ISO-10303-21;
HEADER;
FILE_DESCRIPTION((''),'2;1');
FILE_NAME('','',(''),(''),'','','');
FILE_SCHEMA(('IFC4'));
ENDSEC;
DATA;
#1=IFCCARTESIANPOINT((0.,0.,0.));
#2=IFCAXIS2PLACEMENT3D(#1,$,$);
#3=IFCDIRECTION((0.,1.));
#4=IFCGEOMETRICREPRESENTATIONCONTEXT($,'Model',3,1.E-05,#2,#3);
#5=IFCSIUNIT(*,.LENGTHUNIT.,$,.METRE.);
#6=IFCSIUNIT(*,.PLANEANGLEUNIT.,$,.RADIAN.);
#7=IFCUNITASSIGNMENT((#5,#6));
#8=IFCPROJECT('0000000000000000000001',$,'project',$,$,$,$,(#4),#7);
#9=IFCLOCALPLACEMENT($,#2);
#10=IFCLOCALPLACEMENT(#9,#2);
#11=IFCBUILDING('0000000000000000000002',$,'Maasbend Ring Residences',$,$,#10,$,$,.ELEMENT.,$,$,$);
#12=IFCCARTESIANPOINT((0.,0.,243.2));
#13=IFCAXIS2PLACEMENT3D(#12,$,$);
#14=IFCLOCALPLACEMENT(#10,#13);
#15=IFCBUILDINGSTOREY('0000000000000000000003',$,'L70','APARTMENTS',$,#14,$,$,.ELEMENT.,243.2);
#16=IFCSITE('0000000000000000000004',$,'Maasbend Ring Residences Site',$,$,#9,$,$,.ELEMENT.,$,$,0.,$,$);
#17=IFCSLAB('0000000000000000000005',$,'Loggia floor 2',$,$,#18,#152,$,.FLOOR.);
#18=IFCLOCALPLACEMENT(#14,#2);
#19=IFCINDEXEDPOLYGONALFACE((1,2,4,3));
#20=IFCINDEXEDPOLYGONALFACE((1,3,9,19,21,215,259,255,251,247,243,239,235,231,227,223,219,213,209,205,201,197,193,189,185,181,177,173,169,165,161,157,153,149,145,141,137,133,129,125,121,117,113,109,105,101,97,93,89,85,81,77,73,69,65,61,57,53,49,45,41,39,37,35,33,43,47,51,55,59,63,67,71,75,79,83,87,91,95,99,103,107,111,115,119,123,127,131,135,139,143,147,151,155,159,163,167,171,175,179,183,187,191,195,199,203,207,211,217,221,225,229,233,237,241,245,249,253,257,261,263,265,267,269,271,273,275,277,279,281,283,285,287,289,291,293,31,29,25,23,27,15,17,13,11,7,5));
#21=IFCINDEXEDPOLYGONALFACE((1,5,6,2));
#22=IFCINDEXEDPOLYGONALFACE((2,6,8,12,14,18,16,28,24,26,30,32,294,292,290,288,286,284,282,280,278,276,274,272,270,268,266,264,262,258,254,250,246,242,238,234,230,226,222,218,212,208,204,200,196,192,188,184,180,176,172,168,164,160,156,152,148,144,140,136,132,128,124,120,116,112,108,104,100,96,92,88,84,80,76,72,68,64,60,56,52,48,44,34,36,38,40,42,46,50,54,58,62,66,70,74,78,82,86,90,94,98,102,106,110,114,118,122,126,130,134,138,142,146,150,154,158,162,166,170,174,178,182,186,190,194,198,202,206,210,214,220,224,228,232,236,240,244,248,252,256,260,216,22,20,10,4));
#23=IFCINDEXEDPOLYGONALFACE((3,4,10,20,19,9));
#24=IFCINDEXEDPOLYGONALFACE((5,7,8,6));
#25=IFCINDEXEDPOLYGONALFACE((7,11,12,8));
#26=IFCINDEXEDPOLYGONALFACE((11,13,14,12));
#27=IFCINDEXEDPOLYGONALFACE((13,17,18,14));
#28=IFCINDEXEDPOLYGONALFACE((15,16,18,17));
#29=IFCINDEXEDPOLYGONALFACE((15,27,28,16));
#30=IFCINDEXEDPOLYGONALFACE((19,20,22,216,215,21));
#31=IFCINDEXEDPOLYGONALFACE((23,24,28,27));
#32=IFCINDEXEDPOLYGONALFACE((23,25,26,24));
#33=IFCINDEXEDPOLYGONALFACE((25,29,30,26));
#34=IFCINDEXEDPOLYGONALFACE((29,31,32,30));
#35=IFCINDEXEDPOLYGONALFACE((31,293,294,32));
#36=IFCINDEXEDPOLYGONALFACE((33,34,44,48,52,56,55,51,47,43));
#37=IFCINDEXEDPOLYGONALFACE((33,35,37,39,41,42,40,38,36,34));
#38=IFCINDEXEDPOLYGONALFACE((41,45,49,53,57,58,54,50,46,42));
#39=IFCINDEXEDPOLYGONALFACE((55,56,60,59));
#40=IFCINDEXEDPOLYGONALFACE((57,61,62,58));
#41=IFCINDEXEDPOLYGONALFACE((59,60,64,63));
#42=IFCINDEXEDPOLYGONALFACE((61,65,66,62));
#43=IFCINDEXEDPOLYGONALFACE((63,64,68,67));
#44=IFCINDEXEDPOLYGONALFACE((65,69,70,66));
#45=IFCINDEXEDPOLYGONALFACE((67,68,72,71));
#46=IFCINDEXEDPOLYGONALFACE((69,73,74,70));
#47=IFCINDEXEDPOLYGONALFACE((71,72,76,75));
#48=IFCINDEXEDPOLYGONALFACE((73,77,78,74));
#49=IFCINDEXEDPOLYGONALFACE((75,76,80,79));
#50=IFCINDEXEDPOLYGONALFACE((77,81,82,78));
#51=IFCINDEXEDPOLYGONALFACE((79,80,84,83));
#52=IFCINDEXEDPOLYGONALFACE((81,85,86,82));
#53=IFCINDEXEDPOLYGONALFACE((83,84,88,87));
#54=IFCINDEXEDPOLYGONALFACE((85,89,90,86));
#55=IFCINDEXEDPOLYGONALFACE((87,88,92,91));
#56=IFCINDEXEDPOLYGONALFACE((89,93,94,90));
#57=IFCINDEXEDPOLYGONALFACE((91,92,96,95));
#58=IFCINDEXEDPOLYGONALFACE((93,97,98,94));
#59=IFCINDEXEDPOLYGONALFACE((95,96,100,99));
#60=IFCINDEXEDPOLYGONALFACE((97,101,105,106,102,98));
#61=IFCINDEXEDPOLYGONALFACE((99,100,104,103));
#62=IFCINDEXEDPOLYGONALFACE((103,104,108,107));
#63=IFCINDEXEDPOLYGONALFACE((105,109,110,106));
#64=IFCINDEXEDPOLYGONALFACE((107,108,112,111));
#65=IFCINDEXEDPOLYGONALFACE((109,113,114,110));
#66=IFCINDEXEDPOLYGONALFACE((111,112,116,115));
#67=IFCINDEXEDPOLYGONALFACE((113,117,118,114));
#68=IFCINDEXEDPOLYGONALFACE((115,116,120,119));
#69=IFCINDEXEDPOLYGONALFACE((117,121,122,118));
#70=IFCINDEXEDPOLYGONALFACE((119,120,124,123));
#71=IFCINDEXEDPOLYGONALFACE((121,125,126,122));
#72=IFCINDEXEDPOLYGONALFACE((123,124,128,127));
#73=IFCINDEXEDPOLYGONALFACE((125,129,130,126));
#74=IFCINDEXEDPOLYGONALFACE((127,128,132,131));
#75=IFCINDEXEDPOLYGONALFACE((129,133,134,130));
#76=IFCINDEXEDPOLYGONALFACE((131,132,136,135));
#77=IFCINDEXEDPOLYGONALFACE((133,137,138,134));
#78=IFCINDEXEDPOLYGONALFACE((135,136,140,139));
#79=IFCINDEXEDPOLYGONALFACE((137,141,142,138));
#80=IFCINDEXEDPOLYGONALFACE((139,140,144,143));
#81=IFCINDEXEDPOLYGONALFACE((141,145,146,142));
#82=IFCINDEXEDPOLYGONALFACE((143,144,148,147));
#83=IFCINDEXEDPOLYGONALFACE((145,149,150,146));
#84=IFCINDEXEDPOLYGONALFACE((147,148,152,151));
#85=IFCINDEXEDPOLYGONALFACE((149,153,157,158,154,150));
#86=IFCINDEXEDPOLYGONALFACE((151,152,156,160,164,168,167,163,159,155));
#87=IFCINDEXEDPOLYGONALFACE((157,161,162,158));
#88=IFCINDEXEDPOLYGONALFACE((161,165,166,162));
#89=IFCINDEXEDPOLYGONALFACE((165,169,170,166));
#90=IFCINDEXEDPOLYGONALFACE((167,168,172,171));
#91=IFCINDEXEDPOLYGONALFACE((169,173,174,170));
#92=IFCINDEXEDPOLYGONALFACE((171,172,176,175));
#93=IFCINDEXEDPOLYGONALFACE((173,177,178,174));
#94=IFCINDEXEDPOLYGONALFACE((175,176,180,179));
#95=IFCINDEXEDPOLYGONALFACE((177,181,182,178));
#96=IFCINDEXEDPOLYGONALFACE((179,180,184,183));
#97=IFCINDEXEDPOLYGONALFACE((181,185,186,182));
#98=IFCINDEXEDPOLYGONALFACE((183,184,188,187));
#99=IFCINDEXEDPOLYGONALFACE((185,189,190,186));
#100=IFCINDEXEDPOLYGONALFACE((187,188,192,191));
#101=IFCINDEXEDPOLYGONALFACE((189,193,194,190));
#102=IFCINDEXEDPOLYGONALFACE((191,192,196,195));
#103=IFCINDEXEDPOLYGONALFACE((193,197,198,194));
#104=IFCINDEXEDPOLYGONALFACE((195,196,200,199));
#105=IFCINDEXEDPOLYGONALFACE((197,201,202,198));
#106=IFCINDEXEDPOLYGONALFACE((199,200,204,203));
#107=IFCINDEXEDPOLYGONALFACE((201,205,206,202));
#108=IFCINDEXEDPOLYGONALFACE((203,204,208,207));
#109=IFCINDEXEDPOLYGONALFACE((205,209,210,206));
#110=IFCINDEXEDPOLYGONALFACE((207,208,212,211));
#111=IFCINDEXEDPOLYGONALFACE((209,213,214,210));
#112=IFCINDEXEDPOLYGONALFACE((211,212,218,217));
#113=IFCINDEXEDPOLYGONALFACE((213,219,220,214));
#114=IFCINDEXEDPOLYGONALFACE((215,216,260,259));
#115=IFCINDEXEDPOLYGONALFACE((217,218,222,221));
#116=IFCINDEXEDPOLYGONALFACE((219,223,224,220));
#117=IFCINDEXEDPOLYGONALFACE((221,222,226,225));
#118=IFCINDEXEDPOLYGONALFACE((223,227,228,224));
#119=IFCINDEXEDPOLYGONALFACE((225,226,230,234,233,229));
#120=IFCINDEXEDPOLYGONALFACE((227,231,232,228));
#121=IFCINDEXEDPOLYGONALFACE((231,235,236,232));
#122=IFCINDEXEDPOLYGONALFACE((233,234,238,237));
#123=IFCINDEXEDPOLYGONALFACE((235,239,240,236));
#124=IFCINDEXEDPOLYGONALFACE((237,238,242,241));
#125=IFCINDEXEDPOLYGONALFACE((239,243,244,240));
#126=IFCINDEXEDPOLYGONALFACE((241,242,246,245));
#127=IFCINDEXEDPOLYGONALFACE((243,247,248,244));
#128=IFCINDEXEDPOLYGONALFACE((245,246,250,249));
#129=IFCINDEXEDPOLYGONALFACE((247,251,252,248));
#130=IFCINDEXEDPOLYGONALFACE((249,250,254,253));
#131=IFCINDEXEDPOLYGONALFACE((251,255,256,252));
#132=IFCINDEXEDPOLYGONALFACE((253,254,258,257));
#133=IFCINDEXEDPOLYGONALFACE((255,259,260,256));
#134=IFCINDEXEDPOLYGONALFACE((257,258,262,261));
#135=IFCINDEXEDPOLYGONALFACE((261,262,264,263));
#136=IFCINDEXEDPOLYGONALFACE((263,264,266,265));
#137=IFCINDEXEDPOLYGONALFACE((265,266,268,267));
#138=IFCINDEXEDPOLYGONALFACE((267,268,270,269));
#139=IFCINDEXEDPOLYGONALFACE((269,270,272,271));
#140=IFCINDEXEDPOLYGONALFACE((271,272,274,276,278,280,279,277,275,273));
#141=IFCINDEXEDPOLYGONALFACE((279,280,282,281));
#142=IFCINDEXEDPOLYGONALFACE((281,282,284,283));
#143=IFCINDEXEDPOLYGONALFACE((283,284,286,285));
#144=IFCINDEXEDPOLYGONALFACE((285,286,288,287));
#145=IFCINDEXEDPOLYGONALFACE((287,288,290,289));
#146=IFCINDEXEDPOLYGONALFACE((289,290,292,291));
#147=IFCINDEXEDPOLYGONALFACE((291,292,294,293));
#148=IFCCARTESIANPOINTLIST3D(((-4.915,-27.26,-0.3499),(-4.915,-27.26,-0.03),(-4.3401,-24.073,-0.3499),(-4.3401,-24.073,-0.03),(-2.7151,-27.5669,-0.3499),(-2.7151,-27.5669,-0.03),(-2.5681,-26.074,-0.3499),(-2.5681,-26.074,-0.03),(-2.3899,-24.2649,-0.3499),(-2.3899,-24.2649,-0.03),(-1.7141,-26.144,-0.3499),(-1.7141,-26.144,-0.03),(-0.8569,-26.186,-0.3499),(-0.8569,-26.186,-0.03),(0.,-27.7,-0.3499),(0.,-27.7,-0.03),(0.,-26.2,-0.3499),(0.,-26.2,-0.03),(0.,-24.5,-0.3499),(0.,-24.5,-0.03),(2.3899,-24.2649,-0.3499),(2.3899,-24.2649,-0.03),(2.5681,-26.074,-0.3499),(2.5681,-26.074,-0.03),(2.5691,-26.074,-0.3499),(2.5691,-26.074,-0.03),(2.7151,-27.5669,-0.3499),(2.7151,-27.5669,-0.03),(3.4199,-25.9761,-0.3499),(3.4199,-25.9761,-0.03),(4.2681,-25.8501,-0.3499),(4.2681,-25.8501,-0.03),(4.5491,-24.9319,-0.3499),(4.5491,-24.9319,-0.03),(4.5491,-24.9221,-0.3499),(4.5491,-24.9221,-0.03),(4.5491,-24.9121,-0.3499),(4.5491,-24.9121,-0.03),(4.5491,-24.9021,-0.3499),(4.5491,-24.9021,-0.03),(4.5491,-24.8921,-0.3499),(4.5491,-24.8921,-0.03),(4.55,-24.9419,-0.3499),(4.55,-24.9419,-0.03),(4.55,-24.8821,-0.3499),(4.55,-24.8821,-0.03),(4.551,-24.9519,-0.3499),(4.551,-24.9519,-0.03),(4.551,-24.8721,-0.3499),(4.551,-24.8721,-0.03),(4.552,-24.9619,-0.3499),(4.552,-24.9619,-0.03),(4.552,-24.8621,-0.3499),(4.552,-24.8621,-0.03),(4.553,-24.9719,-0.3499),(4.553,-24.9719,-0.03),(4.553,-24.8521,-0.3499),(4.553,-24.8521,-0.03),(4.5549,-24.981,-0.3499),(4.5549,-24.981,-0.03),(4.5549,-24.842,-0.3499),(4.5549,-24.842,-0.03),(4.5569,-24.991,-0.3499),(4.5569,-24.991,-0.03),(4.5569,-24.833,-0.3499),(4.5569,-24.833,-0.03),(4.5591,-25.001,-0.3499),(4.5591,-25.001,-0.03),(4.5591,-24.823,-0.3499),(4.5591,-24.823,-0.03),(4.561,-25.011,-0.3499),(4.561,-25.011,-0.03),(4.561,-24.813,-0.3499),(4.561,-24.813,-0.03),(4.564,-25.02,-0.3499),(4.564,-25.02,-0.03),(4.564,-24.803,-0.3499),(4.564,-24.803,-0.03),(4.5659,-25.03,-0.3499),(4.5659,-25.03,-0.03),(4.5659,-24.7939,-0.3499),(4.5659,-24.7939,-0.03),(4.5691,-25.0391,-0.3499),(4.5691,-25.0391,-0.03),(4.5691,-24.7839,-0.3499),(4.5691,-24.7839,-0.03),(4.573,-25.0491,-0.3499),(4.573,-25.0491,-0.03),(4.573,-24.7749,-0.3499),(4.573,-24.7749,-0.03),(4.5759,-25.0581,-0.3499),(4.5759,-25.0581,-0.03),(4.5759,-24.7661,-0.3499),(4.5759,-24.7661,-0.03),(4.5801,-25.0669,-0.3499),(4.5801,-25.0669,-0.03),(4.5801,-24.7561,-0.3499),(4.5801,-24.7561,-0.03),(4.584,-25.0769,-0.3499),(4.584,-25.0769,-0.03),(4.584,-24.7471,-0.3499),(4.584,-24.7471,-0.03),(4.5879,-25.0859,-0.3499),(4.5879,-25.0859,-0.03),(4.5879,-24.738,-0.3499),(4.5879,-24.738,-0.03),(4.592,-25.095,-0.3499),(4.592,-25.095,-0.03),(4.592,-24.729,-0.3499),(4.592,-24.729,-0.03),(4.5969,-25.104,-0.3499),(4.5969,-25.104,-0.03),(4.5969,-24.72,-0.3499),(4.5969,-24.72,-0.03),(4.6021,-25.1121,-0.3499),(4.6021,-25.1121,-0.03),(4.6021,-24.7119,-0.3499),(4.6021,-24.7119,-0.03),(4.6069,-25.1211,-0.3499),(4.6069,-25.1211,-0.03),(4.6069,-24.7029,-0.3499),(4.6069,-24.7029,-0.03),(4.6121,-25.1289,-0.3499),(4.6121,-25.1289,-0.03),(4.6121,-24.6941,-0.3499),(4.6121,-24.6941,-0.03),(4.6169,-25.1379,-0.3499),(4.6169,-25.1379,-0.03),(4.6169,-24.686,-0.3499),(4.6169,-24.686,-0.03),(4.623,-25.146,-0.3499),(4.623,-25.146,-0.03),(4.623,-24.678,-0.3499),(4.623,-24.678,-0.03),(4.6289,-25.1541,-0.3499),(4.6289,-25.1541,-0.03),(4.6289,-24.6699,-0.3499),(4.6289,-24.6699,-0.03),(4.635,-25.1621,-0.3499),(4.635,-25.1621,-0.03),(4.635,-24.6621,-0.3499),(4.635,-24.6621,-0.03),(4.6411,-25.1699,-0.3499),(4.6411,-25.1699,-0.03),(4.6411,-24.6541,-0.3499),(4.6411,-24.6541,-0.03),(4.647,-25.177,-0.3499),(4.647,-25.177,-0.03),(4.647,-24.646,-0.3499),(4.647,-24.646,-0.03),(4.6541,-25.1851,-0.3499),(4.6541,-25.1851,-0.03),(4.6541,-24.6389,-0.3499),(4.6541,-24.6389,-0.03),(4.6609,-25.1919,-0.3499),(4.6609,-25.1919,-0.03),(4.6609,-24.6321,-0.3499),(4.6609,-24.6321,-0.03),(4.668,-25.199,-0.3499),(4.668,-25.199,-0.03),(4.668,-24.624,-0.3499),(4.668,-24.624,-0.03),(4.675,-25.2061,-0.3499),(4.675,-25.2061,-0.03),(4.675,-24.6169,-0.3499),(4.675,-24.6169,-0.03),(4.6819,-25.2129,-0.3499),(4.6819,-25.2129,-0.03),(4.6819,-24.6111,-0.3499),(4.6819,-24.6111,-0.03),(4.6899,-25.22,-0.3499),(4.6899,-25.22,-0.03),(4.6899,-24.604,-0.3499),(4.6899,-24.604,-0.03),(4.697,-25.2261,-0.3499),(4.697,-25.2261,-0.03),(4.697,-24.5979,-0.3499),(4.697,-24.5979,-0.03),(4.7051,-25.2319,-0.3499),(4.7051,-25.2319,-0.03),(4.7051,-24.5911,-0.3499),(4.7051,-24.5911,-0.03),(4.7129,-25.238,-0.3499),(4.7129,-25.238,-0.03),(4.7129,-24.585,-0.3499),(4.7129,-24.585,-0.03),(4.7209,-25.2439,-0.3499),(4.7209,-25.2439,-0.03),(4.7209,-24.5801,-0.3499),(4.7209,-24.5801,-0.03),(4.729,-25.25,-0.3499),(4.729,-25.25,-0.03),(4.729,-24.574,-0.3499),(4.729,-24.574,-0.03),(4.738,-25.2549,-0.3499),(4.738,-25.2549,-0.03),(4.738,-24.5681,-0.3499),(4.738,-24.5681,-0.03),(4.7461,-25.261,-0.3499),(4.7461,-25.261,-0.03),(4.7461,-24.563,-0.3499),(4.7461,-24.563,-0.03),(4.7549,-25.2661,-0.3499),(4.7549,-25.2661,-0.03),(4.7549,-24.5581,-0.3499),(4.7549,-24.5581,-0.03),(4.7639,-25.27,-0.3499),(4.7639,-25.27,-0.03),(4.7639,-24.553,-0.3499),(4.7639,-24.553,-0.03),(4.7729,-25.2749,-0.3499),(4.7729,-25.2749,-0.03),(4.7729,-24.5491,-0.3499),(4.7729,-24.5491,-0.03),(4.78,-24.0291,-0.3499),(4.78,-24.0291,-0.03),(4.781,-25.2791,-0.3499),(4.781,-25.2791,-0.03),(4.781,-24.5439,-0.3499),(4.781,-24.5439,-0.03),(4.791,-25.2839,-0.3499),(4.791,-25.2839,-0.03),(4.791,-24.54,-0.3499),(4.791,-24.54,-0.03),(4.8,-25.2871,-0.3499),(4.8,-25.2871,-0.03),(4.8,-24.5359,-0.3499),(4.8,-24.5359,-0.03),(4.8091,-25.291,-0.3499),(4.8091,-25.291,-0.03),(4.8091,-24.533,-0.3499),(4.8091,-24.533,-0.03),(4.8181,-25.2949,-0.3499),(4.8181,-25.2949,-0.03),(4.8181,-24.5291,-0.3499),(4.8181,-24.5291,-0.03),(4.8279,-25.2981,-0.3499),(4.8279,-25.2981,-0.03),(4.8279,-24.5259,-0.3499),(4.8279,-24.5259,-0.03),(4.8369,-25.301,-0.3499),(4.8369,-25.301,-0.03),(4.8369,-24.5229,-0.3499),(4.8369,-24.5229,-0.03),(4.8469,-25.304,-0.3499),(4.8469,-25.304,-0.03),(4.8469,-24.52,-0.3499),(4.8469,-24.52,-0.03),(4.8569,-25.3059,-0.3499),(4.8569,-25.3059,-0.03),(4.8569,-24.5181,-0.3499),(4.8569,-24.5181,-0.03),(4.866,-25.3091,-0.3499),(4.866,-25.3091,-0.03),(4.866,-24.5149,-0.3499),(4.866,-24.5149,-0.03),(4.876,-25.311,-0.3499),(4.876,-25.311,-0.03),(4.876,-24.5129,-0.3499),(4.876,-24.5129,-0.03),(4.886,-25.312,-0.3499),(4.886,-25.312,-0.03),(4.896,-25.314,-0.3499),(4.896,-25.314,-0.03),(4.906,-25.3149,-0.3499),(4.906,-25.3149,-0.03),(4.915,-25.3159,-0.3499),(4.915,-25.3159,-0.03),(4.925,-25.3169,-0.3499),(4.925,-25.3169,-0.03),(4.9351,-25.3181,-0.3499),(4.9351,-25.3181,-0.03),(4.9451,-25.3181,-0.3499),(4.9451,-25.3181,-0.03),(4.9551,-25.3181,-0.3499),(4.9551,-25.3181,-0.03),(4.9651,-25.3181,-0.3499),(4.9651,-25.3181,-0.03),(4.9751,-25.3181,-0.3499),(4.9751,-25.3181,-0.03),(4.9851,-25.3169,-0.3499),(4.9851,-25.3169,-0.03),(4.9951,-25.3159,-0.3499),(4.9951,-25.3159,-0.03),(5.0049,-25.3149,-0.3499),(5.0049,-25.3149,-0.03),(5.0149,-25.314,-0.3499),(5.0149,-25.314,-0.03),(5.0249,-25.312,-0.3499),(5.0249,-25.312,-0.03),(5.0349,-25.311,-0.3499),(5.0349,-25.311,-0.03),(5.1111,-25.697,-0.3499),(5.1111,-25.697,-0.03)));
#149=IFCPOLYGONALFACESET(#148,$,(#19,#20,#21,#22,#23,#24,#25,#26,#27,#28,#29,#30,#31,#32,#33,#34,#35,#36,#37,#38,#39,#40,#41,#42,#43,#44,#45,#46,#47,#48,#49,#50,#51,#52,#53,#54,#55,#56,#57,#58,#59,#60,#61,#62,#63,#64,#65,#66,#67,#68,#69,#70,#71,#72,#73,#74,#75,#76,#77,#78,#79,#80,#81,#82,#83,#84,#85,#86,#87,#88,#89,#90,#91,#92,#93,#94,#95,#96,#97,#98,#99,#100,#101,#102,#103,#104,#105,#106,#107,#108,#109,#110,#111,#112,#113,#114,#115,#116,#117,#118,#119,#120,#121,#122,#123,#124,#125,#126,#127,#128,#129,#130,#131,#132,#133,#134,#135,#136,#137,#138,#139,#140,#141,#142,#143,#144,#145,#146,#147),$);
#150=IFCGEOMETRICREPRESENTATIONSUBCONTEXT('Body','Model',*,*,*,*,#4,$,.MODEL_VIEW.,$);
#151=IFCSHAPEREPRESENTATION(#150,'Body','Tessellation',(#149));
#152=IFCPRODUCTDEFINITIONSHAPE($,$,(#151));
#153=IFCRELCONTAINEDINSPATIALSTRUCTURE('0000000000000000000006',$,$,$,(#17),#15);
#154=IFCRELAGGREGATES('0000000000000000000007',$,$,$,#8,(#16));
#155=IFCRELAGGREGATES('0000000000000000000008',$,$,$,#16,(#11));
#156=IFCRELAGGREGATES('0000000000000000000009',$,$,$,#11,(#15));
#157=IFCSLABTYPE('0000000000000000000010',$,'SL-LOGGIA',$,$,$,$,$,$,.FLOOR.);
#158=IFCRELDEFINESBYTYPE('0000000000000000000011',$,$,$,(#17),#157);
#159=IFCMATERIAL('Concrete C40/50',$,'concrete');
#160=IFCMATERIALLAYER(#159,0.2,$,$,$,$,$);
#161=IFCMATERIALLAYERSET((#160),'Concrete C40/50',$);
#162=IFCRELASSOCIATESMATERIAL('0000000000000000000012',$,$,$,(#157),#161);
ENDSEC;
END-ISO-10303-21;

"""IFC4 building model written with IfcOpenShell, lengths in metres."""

from ifc_helpers import new_model, si_unit, direction, frame, origin, place, context, subcontext, project, spatial, polyline, outline, extrude, material, layer, layer_set, type_object, element, save


model = new_model("IFC4")

# Units and contexts
model_context = context("Model", 3, precision=1e-05, world=origin(), true_north=direction((0.0, 1.0)))
body_context = subcontext(model_context, "Body", "Model", "MODEL_VIEW")
ifc_project = project(units=[si_unit("LENGTHUNIT", "METRE"), si_unit("PLANEANGLEUNIT", "RADIAN")], contexts=[model_context])

# Site, building, storey
site_placement = place(None, origin())
site = spatial("IfcSite", under=ifc_project, at=site_placement, Name="Maasbend Ring Residences Site", CompositionType="ELEMENT", RefElevation=0.0)
building_placement = place(site_placement, origin())
building = spatial("IfcBuilding", under=site, at=building_placement, Name="Maasbend Ring Residences", CompositionType="ELEMENT")
storey_placement = place(building_placement, frame((0.0, 0.0, 243.2)))
storey = spatial("IfcBuildingStorey", under=building, at=storey_placement, Name="L70", Description="APARTMENTS", CompositionType="ELEMENT", Elevation=243.2)

# Slab
ifc_material_1 = material(Name="Concrete C40/50", Category="concrete")
ifc_layer_1 = layer(ifc_material_1, 0.2)
ifc_layer_set_1 = layer_set([ifc_layer_1], Name="Concrete C40/50")
slab_type_1 = type_object("IfcSlabType", Name="SL-LOGGIA", PredefinedType="FLOOR", material=ifc_layer_set_1)
slab_1_placement = place(storey_placement, frame((0.0, 0.0, -0.3499)))
element("IfcSlab", 1, at=slab_1_placement, inside=storey, type_object=slab_type_1, Name="Loggia floor 2", PredefinedType="FLOOR", context=body_context, shape_type="SweptSolid", body=[
    extrude(outline(polyline([(-2.3899, -24.2649), (0.0, -24.5), (0.0, -24.5), (0.0, -24.5), (2.3899, -24.2649), (4.78, -24.0291), (4.78, -24.0291), (4.78, -24.0291), (4.876, -24.5129), (4.866, -24.5149), (4.8569, -24.5181), (4.8469, -24.52), (4.8369, -24.5229), (4.8279, -24.5259), (4.8181, -24.5291), (4.8091, -24.533), (4.8, -24.5359), (4.791, -24.54), (4.781, -24.5439), (4.7729, -24.5491), (4.7639, -24.553), (4.7549, -24.5581), (4.7461, -24.563), (4.738, -24.5681), (4.729, -24.574), (4.7209, -24.5801), (4.7129, -24.585), (4.7051, -24.5911), (4.697, -24.5979), (4.6899, -24.604), (4.6819, -24.6111), (4.675, -24.6169), (4.668, -24.624), (4.6609, -24.6321), (4.6541, -24.6389), (4.647, -24.646), (4.6411, -24.6541), (4.635, -24.6621), (4.6289, -24.6699), (4.623, -24.678), (4.6169, -24.686), (4.6121, -24.6941), (4.6069, -24.7029), (4.6021, -24.7119), (4.5969, -24.72), (4.592, -24.729), (4.5879, -24.738), (4.584, -24.7471), (4.5801, -24.7561), (4.5759, -24.7661), (4.573, -24.7749), (4.5691, -24.7839), (4.5659, -24.7939), (4.564, -24.803), (4.561, -24.813), (4.5591, -24.823), (4.5569, -24.833), (4.5549, -24.842), (4.553, -24.8521), (4.552, -24.8621), (4.551, -24.8721), (4.55, -24.8821), (4.5491, -24.8921), (4.5491, -24.9021), (4.5491, -24.9121), (4.5491, -24.9221), (4.5491, -24.9319), (4.55, -24.9419), (4.551, -24.9519), (4.552, -24.9619), (4.553, -24.9719), (4.5549, -24.981), (4.5569, -24.991), (4.5591, -25.001), (4.561, -25.011), (4.564, -25.02), (4.5659, -25.03), (4.5691, -25.0391), (4.573, -25.0491), (4.5759, -25.0581), (4.5801, -25.0669), (4.584, -25.0769), (4.5879, -25.0859), (4.592, -25.095), (4.5969, -25.104), (4.6021, -25.1121), (4.6069, -25.1211), (4.6121, -25.1289), (4.6169, -25.1379), (4.623, -25.146), (4.6289, -25.1541), (4.635, -25.1621), (4.6411, -25.1699), (4.647, -25.177), (4.6541, -25.1851), (4.6609, -25.1919), (4.668, -25.199), (4.675, -25.2061), (4.6819, -25.2129), (4.6899, -25.22), (4.697, -25.2261), (4.7051, -25.2319), (4.7129, -25.238), (4.7209, -25.2439), (4.729, -25.25), (4.738, -25.2549), (4.7461, -25.261), (4.7549, -25.2661), (4.7639, -25.27), (4.7729, -25.2749), (4.781, -25.2791), (4.791, -25.2839), (4.8, -25.2871), (4.8091, -25.291), (4.8181, -25.2949), (4.8279, -25.2981), (4.8369, -25.301), (4.8469, -25.304), (4.8569, -25.3059), (4.866, -25.3091), (4.876, -25.311), (4.886, -25.312), (4.896, -25.314), (4.906, -25.3149), (4.915, -25.3159), (4.925, -25.3169), (4.9351, -25.3181), (4.9451, -25.3181), (4.9551, -25.3181), (4.9651, -25.3181), (4.9751, -25.3181), (4.9851, -25.3169), (4.9951, -25.3159), (5.0049, -25.3149), (5.0149, -25.314), (5.0249, -25.312), (5.0349, -25.311), (5.1111, -25.697), (5.1111, -25.697), (5.1111, -25.697), (4.2681, -25.8501), (4.2681, -25.8501), (3.4199, -25.9761), (3.4199, -25.9761), (2.5691, -26.074), (2.5681, -26.074), (2.5681, -26.074), (2.5681, -26.074), (2.5681, -26.074), (2.5681, -26.074), (2.5681, -26.074), (2.5681, -26.074), (2.5681, -26.074), (2.5681, -26.074), (2.5681, -26.074), (2.5681, -26.074), (2.5681, -26.074), (2.5681, -26.074), (2.5681, -26.074), (2.5681, -26.074), (2.5681, -26.074), (2.7151, -27.5669), (2.7151, -27.5669), (2.7151, -27.5669), (0.0, -27.7), (0.0, -27.7), (0.0, -27.7), (0.0, -26.2), (0.0, -26.2), (0.0, -26.2), (0.0, -26.2), (0.0, -26.2), (0.0, -26.2), (0.0, -26.2), (0.0, -26.2), (0.0, -26.2), (0.0, -26.2), (0.0, -26.2), (0.0, -26.2), (0.0, -26.2), (0.0, -26.2), (0.0, -26.2), (0.0, -26.2), (0.0, -26.2), (-0.8569, -26.186), (-0.8569, -26.186), (-1.7141, -26.144), (-1.7141, -26.144), (-2.5681, -26.074), (-2.5681, -26.074), (-2.5681, -26.074), (-2.5681, -26.074), (-2.5681, -26.074), (-2.5681, -26.074), (-2.5681, -26.074), (-2.5681, -26.074), (-2.5681, -26.074), (-2.5681, -26.074), (-2.5681, -26.074), (-2.5681, -26.074), (-2.5681, -26.074), (-2.5681, -26.074), (-2.5681, -26.074), (-2.5681, -26.074), (-2.5681, -26.074), (-2.7151, -27.5669), (-2.7151, -27.5669), (-2.7151, -27.5669), (-4.915, -27.26), (-4.915, -27.26), (-4.915, -27.26), (-4.3401, -24.073), (-4.3401, -24.073), (-4.3401, -24.073), (-2.3899, -24.2649)])), origin(), (0.0, 0.0, 1.0), 0.3198),
])

save(model, "model.ifc")
